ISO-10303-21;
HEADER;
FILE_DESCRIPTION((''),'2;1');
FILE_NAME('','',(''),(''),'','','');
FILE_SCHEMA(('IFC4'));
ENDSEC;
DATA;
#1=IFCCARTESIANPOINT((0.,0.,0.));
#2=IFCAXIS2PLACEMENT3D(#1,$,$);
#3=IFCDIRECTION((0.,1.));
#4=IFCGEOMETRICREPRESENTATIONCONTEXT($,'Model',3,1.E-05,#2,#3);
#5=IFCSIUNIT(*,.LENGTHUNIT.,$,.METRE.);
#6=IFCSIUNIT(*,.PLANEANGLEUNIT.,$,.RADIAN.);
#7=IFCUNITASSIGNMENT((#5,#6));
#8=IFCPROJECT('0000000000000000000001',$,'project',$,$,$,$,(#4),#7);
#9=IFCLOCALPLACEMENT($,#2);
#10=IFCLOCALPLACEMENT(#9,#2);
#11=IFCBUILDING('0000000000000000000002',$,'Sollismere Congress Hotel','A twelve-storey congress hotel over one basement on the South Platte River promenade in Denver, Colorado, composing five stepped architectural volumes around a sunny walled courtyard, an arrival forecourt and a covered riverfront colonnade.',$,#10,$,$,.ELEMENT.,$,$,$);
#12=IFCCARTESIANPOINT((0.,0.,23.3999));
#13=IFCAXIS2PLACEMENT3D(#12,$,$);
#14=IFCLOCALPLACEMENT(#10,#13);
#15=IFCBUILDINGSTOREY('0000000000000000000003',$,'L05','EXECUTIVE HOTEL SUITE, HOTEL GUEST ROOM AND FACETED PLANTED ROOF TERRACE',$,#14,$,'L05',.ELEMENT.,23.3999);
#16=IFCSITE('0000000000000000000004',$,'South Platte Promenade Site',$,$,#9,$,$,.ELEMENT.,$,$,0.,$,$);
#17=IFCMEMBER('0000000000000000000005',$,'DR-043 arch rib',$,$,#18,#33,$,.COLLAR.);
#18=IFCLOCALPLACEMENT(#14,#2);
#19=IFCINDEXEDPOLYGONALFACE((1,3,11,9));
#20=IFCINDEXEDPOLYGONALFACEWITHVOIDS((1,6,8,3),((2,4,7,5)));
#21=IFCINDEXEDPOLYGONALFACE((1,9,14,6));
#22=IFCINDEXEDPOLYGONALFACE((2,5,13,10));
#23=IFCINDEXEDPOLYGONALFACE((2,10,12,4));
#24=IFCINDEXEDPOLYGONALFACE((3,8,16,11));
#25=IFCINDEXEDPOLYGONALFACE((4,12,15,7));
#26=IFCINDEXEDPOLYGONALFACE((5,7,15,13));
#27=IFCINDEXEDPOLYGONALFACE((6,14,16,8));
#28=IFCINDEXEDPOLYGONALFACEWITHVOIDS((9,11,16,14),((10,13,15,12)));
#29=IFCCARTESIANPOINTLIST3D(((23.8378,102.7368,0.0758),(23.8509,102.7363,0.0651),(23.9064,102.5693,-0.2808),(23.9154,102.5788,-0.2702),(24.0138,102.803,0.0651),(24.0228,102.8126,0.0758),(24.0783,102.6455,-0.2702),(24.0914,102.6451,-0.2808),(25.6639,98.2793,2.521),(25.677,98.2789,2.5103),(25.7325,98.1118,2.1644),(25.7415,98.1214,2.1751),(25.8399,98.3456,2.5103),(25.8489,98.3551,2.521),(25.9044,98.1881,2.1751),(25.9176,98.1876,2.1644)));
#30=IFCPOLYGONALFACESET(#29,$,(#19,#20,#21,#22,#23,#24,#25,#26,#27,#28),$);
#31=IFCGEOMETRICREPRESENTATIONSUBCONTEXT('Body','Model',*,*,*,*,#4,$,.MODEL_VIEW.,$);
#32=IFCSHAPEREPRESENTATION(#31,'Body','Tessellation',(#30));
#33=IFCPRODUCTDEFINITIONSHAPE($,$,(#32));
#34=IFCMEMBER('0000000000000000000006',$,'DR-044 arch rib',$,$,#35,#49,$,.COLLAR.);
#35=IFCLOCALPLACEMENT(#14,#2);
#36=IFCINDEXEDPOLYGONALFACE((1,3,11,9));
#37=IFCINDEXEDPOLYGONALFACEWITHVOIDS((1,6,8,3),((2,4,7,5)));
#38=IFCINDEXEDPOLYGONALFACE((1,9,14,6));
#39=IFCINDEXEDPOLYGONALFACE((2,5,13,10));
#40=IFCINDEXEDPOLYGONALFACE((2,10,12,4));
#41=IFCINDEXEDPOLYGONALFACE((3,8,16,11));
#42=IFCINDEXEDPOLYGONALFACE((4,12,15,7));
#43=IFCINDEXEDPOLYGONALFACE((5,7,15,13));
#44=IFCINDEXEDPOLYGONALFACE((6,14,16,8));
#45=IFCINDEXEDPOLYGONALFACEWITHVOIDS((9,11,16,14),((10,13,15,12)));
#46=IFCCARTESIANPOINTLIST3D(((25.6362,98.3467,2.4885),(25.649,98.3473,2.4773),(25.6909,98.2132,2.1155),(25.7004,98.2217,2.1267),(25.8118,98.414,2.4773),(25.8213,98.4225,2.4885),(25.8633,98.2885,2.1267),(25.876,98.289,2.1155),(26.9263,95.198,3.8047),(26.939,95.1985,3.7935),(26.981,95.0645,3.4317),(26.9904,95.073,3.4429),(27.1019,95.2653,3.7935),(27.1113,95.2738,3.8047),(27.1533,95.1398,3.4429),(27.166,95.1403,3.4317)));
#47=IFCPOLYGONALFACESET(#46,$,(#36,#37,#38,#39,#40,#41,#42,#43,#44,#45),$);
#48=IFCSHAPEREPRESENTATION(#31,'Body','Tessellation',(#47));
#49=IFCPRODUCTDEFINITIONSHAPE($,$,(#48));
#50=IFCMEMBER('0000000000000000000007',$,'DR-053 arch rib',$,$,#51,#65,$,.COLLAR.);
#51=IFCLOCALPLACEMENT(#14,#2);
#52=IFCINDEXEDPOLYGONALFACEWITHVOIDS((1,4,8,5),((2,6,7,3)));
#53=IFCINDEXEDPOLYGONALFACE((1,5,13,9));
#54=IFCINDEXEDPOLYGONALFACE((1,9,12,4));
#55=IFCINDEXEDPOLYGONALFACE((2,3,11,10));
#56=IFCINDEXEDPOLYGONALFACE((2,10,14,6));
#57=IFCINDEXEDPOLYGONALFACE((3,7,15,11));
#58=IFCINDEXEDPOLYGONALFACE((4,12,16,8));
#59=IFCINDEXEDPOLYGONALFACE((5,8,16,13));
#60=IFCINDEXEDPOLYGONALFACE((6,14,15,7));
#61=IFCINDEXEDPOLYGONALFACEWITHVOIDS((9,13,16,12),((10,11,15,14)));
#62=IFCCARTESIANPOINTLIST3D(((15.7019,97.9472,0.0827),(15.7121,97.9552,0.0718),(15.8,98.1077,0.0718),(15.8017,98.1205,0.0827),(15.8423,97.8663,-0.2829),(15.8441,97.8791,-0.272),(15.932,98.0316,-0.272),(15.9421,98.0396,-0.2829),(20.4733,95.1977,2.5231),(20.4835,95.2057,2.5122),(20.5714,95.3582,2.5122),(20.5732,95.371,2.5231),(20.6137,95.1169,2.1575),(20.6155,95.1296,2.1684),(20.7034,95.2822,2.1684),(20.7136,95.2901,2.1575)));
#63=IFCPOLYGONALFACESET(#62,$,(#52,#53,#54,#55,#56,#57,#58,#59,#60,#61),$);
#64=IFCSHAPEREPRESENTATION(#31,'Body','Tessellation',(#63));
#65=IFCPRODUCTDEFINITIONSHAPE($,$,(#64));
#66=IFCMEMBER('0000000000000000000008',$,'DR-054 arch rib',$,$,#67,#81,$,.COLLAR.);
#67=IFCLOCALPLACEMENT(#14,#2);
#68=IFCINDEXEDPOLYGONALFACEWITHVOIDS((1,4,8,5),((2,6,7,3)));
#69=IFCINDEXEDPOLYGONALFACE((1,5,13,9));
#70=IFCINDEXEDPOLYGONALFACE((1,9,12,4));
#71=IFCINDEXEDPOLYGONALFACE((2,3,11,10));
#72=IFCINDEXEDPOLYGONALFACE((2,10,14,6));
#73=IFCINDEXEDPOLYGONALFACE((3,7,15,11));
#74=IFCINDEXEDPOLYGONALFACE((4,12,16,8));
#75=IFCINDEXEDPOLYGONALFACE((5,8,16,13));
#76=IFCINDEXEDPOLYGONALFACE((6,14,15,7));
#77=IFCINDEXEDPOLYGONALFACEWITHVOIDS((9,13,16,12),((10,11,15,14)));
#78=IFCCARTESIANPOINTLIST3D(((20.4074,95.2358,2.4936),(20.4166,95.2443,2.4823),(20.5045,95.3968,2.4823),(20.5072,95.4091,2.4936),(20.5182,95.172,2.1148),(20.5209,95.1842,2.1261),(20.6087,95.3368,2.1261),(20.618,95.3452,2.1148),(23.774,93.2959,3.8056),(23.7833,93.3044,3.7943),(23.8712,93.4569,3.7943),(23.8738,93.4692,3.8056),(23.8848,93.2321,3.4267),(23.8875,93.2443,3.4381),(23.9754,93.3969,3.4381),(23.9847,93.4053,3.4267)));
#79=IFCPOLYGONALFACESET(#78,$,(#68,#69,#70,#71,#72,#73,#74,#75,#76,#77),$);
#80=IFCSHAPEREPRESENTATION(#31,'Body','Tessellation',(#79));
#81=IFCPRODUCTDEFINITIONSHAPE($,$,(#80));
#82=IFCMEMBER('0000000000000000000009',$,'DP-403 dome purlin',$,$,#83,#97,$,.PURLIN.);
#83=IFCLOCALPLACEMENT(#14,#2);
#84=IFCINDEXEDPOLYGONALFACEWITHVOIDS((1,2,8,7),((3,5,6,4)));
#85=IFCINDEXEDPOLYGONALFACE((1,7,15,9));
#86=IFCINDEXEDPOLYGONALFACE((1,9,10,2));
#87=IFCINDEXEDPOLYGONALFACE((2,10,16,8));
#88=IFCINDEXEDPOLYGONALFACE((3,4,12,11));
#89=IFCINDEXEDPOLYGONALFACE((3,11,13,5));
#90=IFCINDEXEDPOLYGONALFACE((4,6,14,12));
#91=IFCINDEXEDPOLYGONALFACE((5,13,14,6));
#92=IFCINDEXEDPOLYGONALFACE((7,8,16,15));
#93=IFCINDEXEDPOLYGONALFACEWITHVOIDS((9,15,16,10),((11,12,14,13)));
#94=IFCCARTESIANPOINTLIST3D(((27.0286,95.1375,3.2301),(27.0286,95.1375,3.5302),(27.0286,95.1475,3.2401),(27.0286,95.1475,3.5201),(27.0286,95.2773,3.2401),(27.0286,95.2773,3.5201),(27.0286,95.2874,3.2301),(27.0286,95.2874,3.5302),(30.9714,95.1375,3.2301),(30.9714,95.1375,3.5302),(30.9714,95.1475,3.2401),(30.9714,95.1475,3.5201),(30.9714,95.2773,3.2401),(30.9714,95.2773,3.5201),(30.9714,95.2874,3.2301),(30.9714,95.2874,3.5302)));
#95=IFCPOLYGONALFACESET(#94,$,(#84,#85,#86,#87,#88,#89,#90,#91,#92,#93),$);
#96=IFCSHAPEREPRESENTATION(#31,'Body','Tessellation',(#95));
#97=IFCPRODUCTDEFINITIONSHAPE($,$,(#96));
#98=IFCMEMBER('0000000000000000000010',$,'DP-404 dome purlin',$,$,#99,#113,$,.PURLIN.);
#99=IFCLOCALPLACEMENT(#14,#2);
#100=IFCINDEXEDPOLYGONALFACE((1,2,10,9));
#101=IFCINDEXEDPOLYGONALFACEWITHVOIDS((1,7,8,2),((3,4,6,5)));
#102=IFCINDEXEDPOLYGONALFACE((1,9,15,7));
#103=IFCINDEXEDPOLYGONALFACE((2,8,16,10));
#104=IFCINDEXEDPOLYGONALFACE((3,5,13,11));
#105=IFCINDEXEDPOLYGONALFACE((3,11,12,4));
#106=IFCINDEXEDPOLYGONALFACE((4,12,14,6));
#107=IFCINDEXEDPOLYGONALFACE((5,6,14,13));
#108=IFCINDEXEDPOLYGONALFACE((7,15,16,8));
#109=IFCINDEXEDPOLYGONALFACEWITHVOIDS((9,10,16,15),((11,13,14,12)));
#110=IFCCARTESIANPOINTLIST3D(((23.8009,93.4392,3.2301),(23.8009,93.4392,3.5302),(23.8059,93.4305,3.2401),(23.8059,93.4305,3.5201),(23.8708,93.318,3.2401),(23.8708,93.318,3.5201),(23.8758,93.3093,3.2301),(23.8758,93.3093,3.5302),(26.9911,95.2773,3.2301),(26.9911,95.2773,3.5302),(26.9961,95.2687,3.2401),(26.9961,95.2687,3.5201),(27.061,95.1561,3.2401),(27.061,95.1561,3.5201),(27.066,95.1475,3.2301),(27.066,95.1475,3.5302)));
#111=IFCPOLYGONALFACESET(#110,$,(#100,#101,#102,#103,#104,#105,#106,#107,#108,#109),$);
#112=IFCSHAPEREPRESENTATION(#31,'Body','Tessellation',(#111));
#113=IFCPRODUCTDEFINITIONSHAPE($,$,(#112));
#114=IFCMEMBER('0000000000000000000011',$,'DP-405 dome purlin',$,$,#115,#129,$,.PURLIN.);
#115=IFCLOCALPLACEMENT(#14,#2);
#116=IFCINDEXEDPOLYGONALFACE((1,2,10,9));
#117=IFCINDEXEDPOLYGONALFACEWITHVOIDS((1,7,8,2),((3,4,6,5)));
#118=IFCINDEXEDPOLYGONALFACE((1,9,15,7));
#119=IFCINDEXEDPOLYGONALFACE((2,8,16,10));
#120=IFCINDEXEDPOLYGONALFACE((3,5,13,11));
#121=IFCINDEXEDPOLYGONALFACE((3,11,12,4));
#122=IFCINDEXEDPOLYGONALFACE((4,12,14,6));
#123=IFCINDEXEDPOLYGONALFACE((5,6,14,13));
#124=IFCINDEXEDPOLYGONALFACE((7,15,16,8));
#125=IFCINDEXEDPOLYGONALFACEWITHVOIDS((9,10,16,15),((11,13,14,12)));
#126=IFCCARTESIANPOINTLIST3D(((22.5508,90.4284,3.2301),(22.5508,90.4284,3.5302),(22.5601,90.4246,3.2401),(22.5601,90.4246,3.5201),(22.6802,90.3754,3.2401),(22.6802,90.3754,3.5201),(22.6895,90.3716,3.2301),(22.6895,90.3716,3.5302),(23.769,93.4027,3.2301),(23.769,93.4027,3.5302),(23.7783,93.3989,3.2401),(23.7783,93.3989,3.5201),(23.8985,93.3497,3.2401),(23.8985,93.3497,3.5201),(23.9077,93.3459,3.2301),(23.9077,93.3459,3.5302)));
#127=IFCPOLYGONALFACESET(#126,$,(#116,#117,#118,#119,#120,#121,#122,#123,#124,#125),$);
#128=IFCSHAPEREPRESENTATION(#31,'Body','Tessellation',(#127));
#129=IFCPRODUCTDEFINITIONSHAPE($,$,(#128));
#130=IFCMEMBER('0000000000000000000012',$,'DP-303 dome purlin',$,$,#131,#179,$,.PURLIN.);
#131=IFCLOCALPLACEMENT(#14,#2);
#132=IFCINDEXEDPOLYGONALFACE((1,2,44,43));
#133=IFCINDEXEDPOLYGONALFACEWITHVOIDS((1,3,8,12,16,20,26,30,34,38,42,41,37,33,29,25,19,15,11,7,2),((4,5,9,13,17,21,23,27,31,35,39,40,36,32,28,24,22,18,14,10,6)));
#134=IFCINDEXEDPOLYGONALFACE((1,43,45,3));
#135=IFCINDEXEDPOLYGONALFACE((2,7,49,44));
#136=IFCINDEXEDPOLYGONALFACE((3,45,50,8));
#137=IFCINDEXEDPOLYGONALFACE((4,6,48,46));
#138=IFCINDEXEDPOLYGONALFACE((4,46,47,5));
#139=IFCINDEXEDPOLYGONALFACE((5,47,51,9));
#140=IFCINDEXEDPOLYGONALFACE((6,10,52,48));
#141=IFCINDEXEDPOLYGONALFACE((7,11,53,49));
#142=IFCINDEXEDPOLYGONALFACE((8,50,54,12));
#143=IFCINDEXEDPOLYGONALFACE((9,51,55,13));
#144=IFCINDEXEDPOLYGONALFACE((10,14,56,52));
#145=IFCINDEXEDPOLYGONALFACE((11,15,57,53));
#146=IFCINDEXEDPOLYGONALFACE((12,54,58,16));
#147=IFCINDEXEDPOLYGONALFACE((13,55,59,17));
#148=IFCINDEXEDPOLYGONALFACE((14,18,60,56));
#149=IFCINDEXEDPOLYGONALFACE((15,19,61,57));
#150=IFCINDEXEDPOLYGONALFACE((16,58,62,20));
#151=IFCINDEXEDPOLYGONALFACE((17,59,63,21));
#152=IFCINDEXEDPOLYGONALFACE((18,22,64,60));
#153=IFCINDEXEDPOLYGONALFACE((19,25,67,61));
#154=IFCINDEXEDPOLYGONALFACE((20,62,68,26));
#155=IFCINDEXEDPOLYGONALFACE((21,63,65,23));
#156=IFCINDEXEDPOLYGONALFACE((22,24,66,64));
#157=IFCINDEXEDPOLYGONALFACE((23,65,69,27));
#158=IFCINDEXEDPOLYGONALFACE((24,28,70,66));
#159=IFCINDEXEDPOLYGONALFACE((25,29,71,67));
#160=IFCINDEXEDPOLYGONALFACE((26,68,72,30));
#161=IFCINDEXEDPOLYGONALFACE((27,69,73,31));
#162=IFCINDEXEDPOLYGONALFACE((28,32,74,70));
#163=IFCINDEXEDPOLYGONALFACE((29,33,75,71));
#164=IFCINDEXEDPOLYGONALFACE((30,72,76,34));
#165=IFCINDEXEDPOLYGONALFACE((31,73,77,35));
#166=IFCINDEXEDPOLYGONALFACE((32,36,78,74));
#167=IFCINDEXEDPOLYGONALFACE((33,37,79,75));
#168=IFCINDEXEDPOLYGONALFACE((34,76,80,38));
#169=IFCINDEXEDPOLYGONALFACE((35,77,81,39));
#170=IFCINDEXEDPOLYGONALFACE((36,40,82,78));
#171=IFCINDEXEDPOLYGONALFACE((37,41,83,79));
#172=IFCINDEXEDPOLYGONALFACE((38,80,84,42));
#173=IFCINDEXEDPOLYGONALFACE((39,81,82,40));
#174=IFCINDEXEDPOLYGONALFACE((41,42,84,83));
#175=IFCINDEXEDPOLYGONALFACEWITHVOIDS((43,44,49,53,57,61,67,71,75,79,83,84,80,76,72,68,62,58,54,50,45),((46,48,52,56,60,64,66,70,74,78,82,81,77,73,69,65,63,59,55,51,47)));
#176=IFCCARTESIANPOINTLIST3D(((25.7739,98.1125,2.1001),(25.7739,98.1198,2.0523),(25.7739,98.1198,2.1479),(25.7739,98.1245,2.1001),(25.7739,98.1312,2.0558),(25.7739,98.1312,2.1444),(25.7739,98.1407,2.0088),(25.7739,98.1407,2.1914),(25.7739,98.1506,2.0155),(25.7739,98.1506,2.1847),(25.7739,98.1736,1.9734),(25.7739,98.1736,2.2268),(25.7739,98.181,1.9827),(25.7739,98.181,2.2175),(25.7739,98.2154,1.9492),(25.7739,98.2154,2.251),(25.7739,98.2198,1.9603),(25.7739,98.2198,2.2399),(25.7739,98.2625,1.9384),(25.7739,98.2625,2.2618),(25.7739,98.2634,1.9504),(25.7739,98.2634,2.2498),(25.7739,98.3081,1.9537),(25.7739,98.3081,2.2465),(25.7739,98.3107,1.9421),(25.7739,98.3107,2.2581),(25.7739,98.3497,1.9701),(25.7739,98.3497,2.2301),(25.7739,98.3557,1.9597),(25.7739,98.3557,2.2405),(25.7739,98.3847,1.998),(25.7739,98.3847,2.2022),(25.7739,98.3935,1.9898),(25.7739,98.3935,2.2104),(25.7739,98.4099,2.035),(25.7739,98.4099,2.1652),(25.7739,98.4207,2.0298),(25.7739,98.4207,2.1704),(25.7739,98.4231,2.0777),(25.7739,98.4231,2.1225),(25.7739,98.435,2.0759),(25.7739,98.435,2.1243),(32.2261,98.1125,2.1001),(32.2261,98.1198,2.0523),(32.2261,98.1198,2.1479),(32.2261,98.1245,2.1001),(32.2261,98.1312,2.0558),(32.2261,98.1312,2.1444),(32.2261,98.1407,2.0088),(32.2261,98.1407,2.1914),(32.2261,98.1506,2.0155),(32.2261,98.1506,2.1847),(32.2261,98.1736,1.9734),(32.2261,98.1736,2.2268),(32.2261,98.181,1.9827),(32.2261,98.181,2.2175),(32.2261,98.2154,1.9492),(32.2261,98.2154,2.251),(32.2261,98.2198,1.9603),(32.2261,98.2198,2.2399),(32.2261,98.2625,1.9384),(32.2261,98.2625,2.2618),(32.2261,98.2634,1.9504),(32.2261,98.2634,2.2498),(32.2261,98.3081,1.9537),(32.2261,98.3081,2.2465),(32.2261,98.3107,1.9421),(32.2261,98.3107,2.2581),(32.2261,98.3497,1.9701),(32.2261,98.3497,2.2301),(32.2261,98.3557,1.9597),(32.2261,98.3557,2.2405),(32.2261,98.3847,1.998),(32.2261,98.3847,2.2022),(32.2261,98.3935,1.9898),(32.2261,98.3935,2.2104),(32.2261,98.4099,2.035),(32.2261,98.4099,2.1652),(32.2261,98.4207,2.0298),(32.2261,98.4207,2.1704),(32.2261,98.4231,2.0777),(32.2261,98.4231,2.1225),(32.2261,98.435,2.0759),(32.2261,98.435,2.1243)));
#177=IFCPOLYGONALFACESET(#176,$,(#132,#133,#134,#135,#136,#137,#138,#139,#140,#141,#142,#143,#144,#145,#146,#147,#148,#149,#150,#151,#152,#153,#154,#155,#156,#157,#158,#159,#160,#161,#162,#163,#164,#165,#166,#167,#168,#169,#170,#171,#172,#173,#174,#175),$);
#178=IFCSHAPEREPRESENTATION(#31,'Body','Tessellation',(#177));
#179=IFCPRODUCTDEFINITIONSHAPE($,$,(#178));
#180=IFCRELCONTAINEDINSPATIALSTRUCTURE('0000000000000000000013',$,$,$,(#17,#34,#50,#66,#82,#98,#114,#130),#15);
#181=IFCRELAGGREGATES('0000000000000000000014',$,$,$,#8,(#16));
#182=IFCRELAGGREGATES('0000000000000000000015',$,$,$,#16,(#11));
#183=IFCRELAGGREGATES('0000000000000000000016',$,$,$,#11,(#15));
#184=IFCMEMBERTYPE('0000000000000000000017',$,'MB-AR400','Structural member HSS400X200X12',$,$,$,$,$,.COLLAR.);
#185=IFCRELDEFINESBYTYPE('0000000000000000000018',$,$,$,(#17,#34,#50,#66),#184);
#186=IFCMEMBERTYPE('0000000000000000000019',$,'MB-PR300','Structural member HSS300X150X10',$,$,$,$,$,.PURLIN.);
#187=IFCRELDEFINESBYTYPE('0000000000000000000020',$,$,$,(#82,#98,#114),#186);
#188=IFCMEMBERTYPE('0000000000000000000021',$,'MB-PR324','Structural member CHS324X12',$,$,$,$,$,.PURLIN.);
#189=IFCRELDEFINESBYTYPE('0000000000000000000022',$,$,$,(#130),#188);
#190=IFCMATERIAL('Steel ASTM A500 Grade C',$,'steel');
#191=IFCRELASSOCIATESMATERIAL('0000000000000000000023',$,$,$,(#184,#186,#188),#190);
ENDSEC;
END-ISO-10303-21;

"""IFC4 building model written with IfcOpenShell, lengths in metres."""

from ifc_helpers import new_model, si_unit, direction, frame, origin, origin_2d, place, context, subcontext, project, spatial, hollow_rectangle, hollow_circle, extrude, material, material_profile, profile_set, type_object, element, save


model = new_model("IFC4")

# Units and contexts
model_context = context("Model", 3, precision=1e-05, world=origin(), true_north=direction((0.0, 1.0)))
body_context = subcontext(model_context, "Body", "Model", "MODEL_VIEW")
ifc_project = project(units=[si_unit("LENGTHUNIT", "METRE"), si_unit("PLANEANGLEUNIT", "RADIAN")], contexts=[model_context])

# Site, building, storey
site_placement = place(None, origin())
site = spatial("IfcSite", under=ifc_project, at=site_placement, Name="South Platte Promenade Site", CompositionType="ELEMENT", RefElevation=0.0)
building_placement = place(site_placement, origin())
building = spatial("IfcBuilding", under=site, at=building_placement, Name="Sollismere Congress Hotel", Description="A twelve-storey congress hotel over one basement on the South Platte River promenade in Denver, Colorado, composing five stepped architectural volumes around a sunny walled courtyard, an arrival forecourt and a covered riverfront colonnade.", CompositionType="ELEMENT")
storey_placement = place(building_placement, frame((0.0, 0.0, 23.3999)))
storey = spatial("IfcBuildingStorey", under=building, at=storey_placement, Name="L05", Description="EXECUTIVE HOTEL SUITE, HOTEL GUEST ROOM AND FACETED PLANTED ROOF TERRACE", LongName="L05", CompositionType="ELEMENT", Elevation=23.3999)

# Members
ifc_material_1 = material(Name="Steel ASTM A500 Grade C", Category="steel")
ifc_material_profile_1 = material_profile(ifc_material_1, hollow_rectangle(XDim=0.2, YDim=0.3999, WallThickness=0.012, at=origin_2d()), Name="HSS400X200X12")
ifc_profile_set_1 = profile_set([ifc_material_profile_1], Name="Steel ASTM A500 Grade C")
member_type_1 = type_object("IfcMemberType", Name="MB-AR400", Description="Structural member HSS400X200X12", PredefinedType="COLLAR", material=ifc_profile_set_1)
member_1_placement = place(storey_placement, frame((23.9646, 102.6909, -0.1025), z_axis=(0.338041, -0.825128, 0.45265), x_axis=(0.925355, 0.379102, 0.0)))
element("IfcMember", 1, at=member_1_placement, inside=storey, type_object=member_type_1, Name="DR-043 arch rib", PredefinedType="COLLAR", context=body_context, shape_type="SweptSolid", body=[
    extrude(hollow_rectangle(XDim=0.2, YDim=0.3999, WallThickness=0.012, at=origin_2d()), origin(), (0.0, 0.0, 1.0), 5.4021),
])
member_2_placement = place(storey_placement, frame((25.7561, 98.3179, 2.302), z_axis=(0.353592, -0.863035, 0.360752), x_axis=(0.925347, 0.379122, 0.0)))
element("IfcMember", 2, at=member_2_placement, inside=storey, type_object=member_type_1, Name="DR-044 arch rib", PredefinedType="COLLAR", context=body_context, shape_type="SweptSolid", body=[
    extrude(hollow_rectangle(XDim=0.2, YDim=0.3999, WallThickness=0.012, at=origin_2d()), origin(), (0.0, 0.0, 1.0), 3.6484),
])
member_3_placement = place(storey_placement, frame((15.822, 97.9934, -0.1001), z_axis=(0.792145, -0.456464, 0.405151), x_axis=(0.499277, 0.866442, 0.0)))
element("IfcMember", 3, at=member_3_placement, inside=storey, type_object=member_type_1, Name="DR-053 arch rib", PredefinedType="COLLAR", context=body_context, shape_type="SweptSolid", body=[
    extrude(hollow_rectangle(XDim=0.2, YDim=0.3999, WallThickness=0.012, at=origin_2d()), origin(), (0.0, 0.0, 1.0), 6.0234),
])
member_4_placement = place(storey_placement, frame((20.5127, 95.2905, 2.3042), z_axis=(0.820916, -0.473024, 0.319913), x_axis=(0.499262, 0.866451, 0.0)))
element("IfcMember", 4, at=member_4_placement, inside=storey, type_object=member_type_1, Name="DR-054 arch rib", PredefinedType="COLLAR", context=body_context, shape_type="SweptSolid", body=[
    extrude(hollow_rectangle(XDim=0.2, YDim=0.3999, WallThickness=0.012, at=origin_2d()), origin(), (0.0, 0.0, 1.0), 4.1011),
])
ifc_material_profile_2 = material_profile(ifc_material_1, hollow_rectangle(XDim=0.1499, YDim=0.3, WallThickness=0.01, at=origin_2d()), Name="HSS300X150X10")
ifc_profile_set_2 = profile_set([ifc_material_profile_2], Name="Steel ASTM A500 Grade C")
member_type_2 = type_object("IfcMemberType", Name="MB-PR300", Description="Structural member HSS300X150X10", PredefinedType="PURLIN", material=ifc_profile_set_2)
member_5_placement = place(storey_placement, frame((30.9714, 95.2124, 3.3801), z_axis=(-1.0, 0.0, 0.0), x_axis=(0.0, -1.0, 0.0)))
element("IfcMember", 5, at=member_5_placement, inside=storey, type_object=member_type_2, Name="DP-403 dome purlin", PredefinedType="PURLIN", context=body_context, shape_type="SweptSolid", body=[
    extrude(hollow_rectangle(XDim=0.1499, YDim=0.3, WallThickness=0.01, at=origin_2d()), origin(), (0.0, 0.0, 1.0), 3.9429),
])
member_6_placement = place(storey_placement, frame((27.0286, 95.2124, 3.3801), z_axis=(-0.866463, -0.499242, 0.0), x_axis=(0.499242, -0.866463, 0.0)))
element("IfcMember", 6, at=member_6_placement, inside=storey, type_object=member_type_2, Name="DP-404 dome purlin", PredefinedType="PURLIN", context=body_context, shape_type="SweptSolid", body=[
    extrude(hollow_rectangle(XDim=0.1499, YDim=0.3, WallThickness=0.01, at=origin_2d()), origin(), (0.0, 0.0, 1.0), 3.6819),
])
member_7_placement = place(storey_placement, frame((23.8384, 93.3743, 3.3801), z_axis=(-0.379026, -0.925386, 0.0), x_axis=(0.925386, -0.379026, 0.0)))
element("IfcMember", 7, at=member_7_placement, inside=storey, type_object=member_type_2, Name="DP-405 dome purlin", PredefinedType="PURLIN", context=body_context, shape_type="SweptSolid", body=[
    extrude(hollow_rectangle(XDim=0.1499, YDim=0.3, WallThickness=0.01, at=origin_2d()), origin(), (0.0, 0.0, 1.0), 3.2141),
])
ifc_material_profile_3 = material_profile(ifc_material_1, hollow_circle(Radius=0.1621, WallThickness=0.012, at=origin_2d()), Name="CHS324X12")
ifc_profile_set_3 = profile_set([ifc_material_profile_3], Name="Steel ASTM A500 Grade C")
member_type_3 = type_object("IfcMemberType", Name="MB-PR324", Description="Structural member CHS324X12", PredefinedType="PURLIN", material=ifc_profile_set_3)
member_8_placement = place(storey_placement, frame((32.2261, 98.2747, 2.1001), z_axis=(-1.0, 0.0, 0.0), x_axis=(0.0, -1.0, 0.0)))
element("IfcMember", 8, at=member_8_placement, inside=storey, type_object=member_type_3, Name="DP-303 dome purlin", PredefinedType="PURLIN", context=body_context, shape_type="SweptSolid", body=[
    extrude(hollow_circle(Radius=0.1621, WallThickness=0.012, at=origin_2d()), origin(), (0.0, 0.0, 1.0), 6.4521),
])

save(model, "model.ifc")
